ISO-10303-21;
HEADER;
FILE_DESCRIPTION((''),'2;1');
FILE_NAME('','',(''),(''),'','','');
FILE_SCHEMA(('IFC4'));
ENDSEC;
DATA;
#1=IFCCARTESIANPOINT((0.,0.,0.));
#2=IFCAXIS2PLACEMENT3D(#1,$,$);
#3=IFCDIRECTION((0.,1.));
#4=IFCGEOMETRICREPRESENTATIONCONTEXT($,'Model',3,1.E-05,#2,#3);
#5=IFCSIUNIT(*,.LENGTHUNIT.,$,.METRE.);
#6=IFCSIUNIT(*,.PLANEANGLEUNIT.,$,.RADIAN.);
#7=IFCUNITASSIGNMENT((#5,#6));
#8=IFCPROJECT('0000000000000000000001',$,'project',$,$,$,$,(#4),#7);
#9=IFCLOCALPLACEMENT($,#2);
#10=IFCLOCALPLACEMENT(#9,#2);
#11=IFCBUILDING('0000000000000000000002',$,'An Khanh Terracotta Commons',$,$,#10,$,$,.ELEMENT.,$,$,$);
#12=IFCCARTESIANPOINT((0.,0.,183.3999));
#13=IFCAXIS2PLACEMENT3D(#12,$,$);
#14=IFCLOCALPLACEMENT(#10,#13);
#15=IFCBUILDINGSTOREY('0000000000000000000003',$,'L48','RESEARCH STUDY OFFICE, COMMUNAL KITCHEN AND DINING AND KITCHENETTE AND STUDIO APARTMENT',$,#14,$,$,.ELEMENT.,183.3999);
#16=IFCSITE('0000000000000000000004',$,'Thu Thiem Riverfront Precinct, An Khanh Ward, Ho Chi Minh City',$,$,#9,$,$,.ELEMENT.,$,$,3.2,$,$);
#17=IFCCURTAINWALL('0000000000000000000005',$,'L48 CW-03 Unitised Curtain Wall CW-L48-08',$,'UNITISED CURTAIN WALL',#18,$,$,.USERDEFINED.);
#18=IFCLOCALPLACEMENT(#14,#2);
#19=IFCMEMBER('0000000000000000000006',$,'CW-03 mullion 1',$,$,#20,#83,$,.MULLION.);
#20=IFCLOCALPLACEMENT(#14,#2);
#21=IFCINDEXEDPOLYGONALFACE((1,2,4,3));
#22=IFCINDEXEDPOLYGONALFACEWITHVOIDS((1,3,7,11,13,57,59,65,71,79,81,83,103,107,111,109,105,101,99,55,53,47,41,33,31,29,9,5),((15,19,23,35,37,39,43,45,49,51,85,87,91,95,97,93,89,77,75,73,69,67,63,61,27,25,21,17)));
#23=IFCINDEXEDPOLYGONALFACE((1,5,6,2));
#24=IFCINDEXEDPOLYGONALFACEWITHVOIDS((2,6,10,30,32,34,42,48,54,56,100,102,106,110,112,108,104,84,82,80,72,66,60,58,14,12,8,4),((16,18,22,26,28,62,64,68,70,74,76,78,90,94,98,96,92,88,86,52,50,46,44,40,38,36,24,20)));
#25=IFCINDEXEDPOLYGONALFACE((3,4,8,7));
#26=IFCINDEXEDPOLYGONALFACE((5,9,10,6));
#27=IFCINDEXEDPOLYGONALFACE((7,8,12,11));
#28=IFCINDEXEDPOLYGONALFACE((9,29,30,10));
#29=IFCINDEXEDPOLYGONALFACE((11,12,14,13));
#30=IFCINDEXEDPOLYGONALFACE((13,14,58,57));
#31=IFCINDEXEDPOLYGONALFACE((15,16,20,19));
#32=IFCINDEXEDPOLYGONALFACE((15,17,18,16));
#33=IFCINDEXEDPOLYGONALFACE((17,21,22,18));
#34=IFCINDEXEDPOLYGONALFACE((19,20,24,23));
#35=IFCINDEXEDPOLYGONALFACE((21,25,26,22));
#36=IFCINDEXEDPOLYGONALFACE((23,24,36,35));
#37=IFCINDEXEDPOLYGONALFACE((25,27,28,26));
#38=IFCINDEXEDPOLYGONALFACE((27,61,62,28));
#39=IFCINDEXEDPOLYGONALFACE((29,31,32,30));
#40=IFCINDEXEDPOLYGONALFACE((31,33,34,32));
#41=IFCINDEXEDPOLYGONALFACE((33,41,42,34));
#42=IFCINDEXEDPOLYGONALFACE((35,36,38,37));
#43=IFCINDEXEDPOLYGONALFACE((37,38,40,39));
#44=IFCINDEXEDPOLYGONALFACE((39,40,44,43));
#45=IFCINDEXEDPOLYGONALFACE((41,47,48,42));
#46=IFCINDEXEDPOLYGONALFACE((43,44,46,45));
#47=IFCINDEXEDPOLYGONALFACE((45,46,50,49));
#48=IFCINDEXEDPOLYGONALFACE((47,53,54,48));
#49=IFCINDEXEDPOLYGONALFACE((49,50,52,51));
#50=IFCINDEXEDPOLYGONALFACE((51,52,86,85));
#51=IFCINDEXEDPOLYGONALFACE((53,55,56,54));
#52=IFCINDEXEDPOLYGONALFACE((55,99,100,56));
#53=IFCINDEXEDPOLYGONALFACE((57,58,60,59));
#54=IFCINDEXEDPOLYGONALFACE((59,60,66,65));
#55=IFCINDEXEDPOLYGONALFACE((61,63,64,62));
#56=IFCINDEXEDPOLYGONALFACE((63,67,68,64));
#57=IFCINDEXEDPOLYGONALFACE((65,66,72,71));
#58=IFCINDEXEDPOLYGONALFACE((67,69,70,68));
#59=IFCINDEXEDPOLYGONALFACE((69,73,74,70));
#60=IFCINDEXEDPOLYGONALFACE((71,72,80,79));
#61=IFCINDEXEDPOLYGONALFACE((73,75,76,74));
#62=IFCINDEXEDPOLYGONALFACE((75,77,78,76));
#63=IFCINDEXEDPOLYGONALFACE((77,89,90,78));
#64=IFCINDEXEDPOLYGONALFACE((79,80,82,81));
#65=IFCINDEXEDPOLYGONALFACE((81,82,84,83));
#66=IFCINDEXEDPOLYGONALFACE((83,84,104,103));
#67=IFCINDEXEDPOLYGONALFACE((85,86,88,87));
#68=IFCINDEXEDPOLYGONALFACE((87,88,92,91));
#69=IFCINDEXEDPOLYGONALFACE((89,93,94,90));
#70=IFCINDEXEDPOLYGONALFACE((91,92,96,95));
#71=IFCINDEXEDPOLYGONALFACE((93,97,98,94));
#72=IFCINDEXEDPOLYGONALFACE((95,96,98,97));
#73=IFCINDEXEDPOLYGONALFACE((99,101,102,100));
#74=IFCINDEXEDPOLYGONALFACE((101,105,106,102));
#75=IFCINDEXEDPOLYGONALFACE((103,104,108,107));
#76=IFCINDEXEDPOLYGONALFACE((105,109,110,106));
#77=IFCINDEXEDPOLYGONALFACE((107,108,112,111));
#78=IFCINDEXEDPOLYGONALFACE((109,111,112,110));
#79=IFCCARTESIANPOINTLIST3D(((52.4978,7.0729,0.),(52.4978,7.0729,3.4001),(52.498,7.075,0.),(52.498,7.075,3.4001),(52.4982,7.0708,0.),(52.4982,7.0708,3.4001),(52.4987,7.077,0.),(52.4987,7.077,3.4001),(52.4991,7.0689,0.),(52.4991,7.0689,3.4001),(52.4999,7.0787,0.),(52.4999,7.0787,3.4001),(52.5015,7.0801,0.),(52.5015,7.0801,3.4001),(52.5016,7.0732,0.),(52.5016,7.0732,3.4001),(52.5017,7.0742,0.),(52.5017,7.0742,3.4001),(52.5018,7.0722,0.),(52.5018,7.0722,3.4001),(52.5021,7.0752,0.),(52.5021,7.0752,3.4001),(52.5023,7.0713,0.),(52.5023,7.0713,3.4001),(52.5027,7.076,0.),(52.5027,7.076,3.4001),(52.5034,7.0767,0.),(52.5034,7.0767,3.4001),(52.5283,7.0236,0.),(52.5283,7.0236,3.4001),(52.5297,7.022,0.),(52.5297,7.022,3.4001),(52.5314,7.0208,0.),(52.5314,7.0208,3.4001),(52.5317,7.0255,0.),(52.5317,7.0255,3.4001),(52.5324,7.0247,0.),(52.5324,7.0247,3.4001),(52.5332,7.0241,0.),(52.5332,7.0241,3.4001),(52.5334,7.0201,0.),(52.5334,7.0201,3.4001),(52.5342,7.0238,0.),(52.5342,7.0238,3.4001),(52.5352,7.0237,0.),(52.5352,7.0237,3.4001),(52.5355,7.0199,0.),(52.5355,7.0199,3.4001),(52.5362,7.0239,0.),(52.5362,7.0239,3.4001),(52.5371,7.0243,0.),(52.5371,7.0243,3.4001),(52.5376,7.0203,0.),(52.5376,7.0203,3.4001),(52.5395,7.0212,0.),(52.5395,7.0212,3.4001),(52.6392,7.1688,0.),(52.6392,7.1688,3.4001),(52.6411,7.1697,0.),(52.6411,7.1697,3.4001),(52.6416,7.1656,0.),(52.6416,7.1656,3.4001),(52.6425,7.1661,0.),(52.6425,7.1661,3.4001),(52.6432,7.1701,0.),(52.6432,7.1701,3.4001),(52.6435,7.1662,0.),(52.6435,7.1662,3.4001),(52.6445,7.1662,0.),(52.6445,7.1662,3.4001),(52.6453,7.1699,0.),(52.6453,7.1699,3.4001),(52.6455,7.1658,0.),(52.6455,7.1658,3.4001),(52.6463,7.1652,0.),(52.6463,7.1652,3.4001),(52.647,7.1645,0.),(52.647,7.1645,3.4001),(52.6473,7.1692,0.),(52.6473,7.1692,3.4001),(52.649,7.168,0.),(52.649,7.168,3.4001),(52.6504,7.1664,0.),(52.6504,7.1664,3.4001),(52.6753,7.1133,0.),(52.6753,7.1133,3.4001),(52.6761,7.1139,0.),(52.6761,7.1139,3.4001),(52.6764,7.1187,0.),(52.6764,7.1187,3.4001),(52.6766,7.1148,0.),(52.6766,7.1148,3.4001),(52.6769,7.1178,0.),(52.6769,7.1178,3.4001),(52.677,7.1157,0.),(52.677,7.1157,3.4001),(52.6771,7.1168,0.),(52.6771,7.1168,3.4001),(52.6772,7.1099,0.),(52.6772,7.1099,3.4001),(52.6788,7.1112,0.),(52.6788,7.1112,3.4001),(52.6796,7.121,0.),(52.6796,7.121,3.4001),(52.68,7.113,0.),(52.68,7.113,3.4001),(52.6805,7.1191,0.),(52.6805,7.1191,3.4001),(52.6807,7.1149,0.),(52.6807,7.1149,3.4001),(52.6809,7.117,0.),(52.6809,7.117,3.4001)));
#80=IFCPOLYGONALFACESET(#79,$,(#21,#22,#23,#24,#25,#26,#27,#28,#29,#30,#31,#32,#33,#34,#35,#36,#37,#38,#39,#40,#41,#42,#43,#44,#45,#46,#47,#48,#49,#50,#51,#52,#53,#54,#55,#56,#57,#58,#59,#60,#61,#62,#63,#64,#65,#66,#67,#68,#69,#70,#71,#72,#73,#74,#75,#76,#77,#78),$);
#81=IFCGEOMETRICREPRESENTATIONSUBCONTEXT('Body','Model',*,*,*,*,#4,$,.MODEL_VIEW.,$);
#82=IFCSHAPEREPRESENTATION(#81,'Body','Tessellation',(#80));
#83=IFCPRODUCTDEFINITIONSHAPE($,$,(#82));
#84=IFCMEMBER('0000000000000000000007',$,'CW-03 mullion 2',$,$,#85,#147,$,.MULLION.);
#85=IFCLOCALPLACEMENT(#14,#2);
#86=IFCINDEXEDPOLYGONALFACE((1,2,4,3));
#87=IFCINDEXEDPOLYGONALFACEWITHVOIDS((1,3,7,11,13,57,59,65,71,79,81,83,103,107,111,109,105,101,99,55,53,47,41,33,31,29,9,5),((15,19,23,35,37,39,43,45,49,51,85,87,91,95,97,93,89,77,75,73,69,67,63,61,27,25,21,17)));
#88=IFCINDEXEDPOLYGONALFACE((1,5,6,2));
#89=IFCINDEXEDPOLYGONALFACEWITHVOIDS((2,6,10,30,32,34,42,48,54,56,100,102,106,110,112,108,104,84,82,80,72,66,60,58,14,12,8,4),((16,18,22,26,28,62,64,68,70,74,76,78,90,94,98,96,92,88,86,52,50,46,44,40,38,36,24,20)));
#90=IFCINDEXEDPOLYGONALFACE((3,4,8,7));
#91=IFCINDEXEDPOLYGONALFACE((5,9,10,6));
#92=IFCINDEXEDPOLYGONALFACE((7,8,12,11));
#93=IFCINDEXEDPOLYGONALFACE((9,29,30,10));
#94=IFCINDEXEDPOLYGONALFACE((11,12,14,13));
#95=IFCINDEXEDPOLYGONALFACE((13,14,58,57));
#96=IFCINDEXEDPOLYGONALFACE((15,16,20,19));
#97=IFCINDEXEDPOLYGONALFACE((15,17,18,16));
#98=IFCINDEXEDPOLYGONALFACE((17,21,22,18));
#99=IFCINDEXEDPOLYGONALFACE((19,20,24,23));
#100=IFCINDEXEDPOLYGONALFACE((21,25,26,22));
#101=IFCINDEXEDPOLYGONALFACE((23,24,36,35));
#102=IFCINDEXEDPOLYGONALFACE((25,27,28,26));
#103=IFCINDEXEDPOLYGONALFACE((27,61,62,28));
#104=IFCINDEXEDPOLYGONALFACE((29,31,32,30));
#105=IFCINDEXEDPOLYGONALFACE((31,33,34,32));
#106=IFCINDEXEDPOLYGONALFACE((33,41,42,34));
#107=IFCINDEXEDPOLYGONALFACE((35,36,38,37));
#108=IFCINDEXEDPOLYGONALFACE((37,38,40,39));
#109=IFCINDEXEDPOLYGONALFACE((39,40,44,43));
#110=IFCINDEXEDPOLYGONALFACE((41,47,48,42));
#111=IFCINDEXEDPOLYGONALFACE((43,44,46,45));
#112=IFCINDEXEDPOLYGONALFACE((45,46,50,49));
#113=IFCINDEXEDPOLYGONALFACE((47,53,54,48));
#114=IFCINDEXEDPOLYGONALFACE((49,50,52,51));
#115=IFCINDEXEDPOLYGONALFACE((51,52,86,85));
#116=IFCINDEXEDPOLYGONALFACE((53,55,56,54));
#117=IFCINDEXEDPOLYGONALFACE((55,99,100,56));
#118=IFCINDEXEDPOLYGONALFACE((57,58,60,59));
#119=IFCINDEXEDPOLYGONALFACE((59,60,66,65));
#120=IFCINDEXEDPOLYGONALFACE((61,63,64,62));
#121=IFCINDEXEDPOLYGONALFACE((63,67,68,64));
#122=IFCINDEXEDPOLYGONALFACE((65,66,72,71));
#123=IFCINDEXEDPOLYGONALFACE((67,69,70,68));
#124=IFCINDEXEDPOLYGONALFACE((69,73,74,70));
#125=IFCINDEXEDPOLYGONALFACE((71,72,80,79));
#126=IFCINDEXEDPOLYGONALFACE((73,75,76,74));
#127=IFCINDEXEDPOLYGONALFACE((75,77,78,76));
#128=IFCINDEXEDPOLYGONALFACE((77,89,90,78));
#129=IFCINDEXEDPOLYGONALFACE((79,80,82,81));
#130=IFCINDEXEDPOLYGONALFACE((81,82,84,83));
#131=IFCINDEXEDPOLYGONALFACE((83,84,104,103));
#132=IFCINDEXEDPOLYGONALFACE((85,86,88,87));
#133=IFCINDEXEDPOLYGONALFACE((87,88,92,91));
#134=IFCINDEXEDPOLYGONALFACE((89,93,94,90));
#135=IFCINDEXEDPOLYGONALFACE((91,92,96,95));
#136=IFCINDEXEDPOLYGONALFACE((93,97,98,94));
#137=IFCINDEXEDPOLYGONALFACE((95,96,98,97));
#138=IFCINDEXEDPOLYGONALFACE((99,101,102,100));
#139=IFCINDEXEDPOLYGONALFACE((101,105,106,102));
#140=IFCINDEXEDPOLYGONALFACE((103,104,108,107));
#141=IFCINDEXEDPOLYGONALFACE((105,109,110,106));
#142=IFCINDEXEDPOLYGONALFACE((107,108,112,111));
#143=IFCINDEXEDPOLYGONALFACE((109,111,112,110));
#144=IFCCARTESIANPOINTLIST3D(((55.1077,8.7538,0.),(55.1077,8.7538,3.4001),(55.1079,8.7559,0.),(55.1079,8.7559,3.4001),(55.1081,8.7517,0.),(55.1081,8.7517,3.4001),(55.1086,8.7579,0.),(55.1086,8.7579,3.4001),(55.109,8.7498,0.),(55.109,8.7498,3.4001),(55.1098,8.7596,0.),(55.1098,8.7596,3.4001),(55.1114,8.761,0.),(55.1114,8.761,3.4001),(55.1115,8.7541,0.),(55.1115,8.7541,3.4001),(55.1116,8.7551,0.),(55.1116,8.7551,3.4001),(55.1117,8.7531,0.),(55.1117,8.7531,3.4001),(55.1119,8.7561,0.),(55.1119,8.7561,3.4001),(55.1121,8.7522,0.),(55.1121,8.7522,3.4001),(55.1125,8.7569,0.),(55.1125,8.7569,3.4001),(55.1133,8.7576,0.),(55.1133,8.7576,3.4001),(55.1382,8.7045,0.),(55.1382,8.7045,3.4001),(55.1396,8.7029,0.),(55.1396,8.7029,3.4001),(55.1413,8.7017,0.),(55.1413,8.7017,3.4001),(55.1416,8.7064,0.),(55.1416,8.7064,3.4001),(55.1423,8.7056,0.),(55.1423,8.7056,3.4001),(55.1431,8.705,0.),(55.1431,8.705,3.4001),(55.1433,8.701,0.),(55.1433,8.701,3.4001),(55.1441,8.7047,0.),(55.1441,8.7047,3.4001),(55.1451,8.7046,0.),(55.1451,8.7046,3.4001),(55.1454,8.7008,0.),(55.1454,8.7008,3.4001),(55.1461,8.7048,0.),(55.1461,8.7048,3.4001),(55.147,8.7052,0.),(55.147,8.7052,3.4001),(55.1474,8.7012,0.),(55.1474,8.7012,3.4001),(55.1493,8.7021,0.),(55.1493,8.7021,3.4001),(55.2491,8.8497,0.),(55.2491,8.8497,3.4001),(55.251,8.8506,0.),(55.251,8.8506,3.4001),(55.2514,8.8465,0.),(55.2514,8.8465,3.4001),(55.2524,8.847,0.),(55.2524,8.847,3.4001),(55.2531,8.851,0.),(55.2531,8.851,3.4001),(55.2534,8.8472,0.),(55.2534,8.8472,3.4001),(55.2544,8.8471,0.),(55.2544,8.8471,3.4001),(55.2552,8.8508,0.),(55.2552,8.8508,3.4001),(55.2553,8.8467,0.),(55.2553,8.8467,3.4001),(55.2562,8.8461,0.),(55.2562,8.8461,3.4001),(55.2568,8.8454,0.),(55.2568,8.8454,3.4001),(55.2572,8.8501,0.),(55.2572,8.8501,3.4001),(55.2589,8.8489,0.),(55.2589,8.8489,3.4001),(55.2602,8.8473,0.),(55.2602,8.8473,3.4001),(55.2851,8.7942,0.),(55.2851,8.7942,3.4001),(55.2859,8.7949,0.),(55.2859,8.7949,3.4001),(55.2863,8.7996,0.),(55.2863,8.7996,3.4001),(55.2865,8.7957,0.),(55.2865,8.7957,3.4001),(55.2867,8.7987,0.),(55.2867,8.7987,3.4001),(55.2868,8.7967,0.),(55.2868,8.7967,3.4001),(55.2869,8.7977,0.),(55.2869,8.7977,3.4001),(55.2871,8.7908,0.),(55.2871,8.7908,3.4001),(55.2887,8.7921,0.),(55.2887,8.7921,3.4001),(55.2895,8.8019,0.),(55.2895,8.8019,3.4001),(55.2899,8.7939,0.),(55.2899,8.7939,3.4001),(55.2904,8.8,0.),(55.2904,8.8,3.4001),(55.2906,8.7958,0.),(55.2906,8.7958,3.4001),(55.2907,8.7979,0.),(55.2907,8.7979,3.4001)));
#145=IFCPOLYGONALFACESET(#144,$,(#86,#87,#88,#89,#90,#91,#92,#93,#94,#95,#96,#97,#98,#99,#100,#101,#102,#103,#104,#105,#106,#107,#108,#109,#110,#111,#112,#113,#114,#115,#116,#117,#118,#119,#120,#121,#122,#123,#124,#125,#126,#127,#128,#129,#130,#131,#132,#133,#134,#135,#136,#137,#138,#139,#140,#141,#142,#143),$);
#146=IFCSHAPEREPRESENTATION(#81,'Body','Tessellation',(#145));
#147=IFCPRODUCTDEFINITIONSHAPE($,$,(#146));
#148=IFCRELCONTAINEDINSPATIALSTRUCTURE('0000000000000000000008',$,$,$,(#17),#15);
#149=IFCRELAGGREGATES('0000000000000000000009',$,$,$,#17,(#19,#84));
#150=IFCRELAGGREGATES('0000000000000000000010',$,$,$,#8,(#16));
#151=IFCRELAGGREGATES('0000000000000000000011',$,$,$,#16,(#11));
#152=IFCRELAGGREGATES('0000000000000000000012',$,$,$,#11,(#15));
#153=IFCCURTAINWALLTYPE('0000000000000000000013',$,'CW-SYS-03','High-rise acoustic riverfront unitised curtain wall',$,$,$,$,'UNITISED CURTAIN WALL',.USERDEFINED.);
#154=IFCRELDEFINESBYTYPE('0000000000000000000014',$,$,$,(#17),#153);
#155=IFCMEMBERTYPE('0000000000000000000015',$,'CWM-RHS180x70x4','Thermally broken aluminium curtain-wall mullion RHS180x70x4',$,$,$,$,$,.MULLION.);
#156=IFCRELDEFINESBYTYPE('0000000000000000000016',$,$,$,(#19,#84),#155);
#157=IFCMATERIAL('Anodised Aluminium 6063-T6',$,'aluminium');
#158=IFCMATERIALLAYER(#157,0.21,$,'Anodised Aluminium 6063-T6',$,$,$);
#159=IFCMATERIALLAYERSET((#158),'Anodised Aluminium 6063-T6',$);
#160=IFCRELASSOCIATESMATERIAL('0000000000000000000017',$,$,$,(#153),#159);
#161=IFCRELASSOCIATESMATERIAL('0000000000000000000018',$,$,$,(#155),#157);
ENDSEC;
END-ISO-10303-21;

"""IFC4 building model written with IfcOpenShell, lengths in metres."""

from ifc_helpers import new_model, si_unit, direction, frame, origin, origin_2d, place, context, subcontext, project, spatial, hollow_rectangle, extrude, material, layer, layer_set, material_profile, profile_set, type_object, element, aggregate, save


model = new_model("IFC4")

# Units and contexts
model_context = context("Model", 3, precision=1e-05, world=origin(), true_north=direction((0.0, 1.0)))
body_context = subcontext(model_context, "Body", "Model", "MODEL_VIEW")
ifc_project = project(units=[si_unit("LENGTHUNIT", "METRE"), si_unit("PLANEANGLEUNIT", "RADIAN")], contexts=[model_context])

# Site, building, storey
site_placement = place(None, origin())
site = spatial("IfcSite", under=ifc_project, at=site_placement, Name="Thu Thiem Riverfront Precinct, An Khanh Ward, Ho Chi Minh City", CompositionType="ELEMENT", RefElevation=3.2)
building_placement = place(site_placement, origin())
building = spatial("IfcBuilding", under=site, at=building_placement, Name="An Khanh Terracotta Commons", CompositionType="ELEMENT")
storey_placement = place(building_placement, frame((0.0, 0.0, 183.3999)))
storey = spatial("IfcBuildingStorey", under=building, at=storey_placement, Name="L48", Description="RESEARCH STUDY OFFICE, COMMUNAL KITCHEN AND DINING AND KITCHENETTE AND STUDIO APARTMENT", CompositionType="ELEMENT", Elevation=183.3999)

# Curtain wall, members
ifc_material_1 = material(Name="Anodised Aluminium 6063-T6", Category="aluminium")
ifc_layer_1 = layer(ifc_material_1, 0.21, Name="Anodised Aluminium 6063-T6")
ifc_layer_set_1 = layer_set([ifc_layer_1], Name="Anodised Aluminium 6063-T6")
curtain_wall_type = type_object("IfcCurtainWallType", Name="CW-SYS-03", Description="High-rise acoustic riverfront unitised curtain wall", ElementType="UNITISED CURTAIN WALL", PredefinedType="USERDEFINED", material=ifc_layer_set_1)
curtain_wall_placement = place(storey_placement, origin())
curtain_wall = element("IfcCurtainWall", 1, at=curtain_wall_placement, inside=storey, type_object=curtain_wall_type, Name="L48 CW-03 Unitised Curtain Wall CW-L48-08", ObjectType="UNITISED CURTAIN WALL", PredefinedType="USERDEFINED")
ifc_material_profile_1 = material_profile(ifc_material_1, hollow_rectangle(XDim=0.0701, YDim=0.1799, WallThickness=0.0039, InnerFilletRadius=0.0039, OuterFilletRadius=0.0081, at=origin_2d()), Name="RHS180x70x4")
ifc_profile_set_1 = profile_set([ifc_material_profile_1], Name="Anodised Aluminium 6063-T6")
member_type_1 = type_object("IfcMemberType", Name="CWM-RHS180x70x4", Description="Thermally broken aluminium curtain-wall mullion RHS180x70x4", PredefinedType="MULLION", material=ifc_profile_set_1)
member_1_placement = place(storey_placement, frame((52.5894, 7.095, 0.0), z_axis=(0.0, 0.0, 1.0), x_axis=(-0.541498, 0.840702, 0.0)))
member_1 = element("IfcMember", 2, at=member_1_placement, type_object=member_type_1, Name="CW-03 mullion 1", PredefinedType="MULLION", context=body_context, shape_type="SweptSolid", body=[
    extrude(hollow_rectangle(XDim=0.0701, YDim=0.1799, WallThickness=0.0039, InnerFilletRadius=0.0039, OuterFilletRadius=0.0081, at=origin_2d()), origin(), (0.0, 0.0, 1.0), 3.4001),
])
member_2_placement = place(storey_placement, frame((55.1992, 8.7759, 0.0), z_axis=(0.0, 0.0, 1.0), x_axis=(-0.541498, 0.840702, 0.0)))
member_2 = element("IfcMember", 3, at=member_2_placement, type_object=member_type_1, Name="CW-03 mullion 2", PredefinedType="MULLION", context=body_context, shape_type="SweptSolid", body=[
    extrude(hollow_rectangle(XDim=0.0701, YDim=0.1799, WallThickness=0.0039, InnerFilletRadius=0.0039, OuterFilletRadius=0.0081, at=origin_2d()), origin(), (0.0, 0.0, 1.0), 3.4001),
])
aggregate(curtain_wall, [member_1, member_2])

save(model, "model.ifc")
